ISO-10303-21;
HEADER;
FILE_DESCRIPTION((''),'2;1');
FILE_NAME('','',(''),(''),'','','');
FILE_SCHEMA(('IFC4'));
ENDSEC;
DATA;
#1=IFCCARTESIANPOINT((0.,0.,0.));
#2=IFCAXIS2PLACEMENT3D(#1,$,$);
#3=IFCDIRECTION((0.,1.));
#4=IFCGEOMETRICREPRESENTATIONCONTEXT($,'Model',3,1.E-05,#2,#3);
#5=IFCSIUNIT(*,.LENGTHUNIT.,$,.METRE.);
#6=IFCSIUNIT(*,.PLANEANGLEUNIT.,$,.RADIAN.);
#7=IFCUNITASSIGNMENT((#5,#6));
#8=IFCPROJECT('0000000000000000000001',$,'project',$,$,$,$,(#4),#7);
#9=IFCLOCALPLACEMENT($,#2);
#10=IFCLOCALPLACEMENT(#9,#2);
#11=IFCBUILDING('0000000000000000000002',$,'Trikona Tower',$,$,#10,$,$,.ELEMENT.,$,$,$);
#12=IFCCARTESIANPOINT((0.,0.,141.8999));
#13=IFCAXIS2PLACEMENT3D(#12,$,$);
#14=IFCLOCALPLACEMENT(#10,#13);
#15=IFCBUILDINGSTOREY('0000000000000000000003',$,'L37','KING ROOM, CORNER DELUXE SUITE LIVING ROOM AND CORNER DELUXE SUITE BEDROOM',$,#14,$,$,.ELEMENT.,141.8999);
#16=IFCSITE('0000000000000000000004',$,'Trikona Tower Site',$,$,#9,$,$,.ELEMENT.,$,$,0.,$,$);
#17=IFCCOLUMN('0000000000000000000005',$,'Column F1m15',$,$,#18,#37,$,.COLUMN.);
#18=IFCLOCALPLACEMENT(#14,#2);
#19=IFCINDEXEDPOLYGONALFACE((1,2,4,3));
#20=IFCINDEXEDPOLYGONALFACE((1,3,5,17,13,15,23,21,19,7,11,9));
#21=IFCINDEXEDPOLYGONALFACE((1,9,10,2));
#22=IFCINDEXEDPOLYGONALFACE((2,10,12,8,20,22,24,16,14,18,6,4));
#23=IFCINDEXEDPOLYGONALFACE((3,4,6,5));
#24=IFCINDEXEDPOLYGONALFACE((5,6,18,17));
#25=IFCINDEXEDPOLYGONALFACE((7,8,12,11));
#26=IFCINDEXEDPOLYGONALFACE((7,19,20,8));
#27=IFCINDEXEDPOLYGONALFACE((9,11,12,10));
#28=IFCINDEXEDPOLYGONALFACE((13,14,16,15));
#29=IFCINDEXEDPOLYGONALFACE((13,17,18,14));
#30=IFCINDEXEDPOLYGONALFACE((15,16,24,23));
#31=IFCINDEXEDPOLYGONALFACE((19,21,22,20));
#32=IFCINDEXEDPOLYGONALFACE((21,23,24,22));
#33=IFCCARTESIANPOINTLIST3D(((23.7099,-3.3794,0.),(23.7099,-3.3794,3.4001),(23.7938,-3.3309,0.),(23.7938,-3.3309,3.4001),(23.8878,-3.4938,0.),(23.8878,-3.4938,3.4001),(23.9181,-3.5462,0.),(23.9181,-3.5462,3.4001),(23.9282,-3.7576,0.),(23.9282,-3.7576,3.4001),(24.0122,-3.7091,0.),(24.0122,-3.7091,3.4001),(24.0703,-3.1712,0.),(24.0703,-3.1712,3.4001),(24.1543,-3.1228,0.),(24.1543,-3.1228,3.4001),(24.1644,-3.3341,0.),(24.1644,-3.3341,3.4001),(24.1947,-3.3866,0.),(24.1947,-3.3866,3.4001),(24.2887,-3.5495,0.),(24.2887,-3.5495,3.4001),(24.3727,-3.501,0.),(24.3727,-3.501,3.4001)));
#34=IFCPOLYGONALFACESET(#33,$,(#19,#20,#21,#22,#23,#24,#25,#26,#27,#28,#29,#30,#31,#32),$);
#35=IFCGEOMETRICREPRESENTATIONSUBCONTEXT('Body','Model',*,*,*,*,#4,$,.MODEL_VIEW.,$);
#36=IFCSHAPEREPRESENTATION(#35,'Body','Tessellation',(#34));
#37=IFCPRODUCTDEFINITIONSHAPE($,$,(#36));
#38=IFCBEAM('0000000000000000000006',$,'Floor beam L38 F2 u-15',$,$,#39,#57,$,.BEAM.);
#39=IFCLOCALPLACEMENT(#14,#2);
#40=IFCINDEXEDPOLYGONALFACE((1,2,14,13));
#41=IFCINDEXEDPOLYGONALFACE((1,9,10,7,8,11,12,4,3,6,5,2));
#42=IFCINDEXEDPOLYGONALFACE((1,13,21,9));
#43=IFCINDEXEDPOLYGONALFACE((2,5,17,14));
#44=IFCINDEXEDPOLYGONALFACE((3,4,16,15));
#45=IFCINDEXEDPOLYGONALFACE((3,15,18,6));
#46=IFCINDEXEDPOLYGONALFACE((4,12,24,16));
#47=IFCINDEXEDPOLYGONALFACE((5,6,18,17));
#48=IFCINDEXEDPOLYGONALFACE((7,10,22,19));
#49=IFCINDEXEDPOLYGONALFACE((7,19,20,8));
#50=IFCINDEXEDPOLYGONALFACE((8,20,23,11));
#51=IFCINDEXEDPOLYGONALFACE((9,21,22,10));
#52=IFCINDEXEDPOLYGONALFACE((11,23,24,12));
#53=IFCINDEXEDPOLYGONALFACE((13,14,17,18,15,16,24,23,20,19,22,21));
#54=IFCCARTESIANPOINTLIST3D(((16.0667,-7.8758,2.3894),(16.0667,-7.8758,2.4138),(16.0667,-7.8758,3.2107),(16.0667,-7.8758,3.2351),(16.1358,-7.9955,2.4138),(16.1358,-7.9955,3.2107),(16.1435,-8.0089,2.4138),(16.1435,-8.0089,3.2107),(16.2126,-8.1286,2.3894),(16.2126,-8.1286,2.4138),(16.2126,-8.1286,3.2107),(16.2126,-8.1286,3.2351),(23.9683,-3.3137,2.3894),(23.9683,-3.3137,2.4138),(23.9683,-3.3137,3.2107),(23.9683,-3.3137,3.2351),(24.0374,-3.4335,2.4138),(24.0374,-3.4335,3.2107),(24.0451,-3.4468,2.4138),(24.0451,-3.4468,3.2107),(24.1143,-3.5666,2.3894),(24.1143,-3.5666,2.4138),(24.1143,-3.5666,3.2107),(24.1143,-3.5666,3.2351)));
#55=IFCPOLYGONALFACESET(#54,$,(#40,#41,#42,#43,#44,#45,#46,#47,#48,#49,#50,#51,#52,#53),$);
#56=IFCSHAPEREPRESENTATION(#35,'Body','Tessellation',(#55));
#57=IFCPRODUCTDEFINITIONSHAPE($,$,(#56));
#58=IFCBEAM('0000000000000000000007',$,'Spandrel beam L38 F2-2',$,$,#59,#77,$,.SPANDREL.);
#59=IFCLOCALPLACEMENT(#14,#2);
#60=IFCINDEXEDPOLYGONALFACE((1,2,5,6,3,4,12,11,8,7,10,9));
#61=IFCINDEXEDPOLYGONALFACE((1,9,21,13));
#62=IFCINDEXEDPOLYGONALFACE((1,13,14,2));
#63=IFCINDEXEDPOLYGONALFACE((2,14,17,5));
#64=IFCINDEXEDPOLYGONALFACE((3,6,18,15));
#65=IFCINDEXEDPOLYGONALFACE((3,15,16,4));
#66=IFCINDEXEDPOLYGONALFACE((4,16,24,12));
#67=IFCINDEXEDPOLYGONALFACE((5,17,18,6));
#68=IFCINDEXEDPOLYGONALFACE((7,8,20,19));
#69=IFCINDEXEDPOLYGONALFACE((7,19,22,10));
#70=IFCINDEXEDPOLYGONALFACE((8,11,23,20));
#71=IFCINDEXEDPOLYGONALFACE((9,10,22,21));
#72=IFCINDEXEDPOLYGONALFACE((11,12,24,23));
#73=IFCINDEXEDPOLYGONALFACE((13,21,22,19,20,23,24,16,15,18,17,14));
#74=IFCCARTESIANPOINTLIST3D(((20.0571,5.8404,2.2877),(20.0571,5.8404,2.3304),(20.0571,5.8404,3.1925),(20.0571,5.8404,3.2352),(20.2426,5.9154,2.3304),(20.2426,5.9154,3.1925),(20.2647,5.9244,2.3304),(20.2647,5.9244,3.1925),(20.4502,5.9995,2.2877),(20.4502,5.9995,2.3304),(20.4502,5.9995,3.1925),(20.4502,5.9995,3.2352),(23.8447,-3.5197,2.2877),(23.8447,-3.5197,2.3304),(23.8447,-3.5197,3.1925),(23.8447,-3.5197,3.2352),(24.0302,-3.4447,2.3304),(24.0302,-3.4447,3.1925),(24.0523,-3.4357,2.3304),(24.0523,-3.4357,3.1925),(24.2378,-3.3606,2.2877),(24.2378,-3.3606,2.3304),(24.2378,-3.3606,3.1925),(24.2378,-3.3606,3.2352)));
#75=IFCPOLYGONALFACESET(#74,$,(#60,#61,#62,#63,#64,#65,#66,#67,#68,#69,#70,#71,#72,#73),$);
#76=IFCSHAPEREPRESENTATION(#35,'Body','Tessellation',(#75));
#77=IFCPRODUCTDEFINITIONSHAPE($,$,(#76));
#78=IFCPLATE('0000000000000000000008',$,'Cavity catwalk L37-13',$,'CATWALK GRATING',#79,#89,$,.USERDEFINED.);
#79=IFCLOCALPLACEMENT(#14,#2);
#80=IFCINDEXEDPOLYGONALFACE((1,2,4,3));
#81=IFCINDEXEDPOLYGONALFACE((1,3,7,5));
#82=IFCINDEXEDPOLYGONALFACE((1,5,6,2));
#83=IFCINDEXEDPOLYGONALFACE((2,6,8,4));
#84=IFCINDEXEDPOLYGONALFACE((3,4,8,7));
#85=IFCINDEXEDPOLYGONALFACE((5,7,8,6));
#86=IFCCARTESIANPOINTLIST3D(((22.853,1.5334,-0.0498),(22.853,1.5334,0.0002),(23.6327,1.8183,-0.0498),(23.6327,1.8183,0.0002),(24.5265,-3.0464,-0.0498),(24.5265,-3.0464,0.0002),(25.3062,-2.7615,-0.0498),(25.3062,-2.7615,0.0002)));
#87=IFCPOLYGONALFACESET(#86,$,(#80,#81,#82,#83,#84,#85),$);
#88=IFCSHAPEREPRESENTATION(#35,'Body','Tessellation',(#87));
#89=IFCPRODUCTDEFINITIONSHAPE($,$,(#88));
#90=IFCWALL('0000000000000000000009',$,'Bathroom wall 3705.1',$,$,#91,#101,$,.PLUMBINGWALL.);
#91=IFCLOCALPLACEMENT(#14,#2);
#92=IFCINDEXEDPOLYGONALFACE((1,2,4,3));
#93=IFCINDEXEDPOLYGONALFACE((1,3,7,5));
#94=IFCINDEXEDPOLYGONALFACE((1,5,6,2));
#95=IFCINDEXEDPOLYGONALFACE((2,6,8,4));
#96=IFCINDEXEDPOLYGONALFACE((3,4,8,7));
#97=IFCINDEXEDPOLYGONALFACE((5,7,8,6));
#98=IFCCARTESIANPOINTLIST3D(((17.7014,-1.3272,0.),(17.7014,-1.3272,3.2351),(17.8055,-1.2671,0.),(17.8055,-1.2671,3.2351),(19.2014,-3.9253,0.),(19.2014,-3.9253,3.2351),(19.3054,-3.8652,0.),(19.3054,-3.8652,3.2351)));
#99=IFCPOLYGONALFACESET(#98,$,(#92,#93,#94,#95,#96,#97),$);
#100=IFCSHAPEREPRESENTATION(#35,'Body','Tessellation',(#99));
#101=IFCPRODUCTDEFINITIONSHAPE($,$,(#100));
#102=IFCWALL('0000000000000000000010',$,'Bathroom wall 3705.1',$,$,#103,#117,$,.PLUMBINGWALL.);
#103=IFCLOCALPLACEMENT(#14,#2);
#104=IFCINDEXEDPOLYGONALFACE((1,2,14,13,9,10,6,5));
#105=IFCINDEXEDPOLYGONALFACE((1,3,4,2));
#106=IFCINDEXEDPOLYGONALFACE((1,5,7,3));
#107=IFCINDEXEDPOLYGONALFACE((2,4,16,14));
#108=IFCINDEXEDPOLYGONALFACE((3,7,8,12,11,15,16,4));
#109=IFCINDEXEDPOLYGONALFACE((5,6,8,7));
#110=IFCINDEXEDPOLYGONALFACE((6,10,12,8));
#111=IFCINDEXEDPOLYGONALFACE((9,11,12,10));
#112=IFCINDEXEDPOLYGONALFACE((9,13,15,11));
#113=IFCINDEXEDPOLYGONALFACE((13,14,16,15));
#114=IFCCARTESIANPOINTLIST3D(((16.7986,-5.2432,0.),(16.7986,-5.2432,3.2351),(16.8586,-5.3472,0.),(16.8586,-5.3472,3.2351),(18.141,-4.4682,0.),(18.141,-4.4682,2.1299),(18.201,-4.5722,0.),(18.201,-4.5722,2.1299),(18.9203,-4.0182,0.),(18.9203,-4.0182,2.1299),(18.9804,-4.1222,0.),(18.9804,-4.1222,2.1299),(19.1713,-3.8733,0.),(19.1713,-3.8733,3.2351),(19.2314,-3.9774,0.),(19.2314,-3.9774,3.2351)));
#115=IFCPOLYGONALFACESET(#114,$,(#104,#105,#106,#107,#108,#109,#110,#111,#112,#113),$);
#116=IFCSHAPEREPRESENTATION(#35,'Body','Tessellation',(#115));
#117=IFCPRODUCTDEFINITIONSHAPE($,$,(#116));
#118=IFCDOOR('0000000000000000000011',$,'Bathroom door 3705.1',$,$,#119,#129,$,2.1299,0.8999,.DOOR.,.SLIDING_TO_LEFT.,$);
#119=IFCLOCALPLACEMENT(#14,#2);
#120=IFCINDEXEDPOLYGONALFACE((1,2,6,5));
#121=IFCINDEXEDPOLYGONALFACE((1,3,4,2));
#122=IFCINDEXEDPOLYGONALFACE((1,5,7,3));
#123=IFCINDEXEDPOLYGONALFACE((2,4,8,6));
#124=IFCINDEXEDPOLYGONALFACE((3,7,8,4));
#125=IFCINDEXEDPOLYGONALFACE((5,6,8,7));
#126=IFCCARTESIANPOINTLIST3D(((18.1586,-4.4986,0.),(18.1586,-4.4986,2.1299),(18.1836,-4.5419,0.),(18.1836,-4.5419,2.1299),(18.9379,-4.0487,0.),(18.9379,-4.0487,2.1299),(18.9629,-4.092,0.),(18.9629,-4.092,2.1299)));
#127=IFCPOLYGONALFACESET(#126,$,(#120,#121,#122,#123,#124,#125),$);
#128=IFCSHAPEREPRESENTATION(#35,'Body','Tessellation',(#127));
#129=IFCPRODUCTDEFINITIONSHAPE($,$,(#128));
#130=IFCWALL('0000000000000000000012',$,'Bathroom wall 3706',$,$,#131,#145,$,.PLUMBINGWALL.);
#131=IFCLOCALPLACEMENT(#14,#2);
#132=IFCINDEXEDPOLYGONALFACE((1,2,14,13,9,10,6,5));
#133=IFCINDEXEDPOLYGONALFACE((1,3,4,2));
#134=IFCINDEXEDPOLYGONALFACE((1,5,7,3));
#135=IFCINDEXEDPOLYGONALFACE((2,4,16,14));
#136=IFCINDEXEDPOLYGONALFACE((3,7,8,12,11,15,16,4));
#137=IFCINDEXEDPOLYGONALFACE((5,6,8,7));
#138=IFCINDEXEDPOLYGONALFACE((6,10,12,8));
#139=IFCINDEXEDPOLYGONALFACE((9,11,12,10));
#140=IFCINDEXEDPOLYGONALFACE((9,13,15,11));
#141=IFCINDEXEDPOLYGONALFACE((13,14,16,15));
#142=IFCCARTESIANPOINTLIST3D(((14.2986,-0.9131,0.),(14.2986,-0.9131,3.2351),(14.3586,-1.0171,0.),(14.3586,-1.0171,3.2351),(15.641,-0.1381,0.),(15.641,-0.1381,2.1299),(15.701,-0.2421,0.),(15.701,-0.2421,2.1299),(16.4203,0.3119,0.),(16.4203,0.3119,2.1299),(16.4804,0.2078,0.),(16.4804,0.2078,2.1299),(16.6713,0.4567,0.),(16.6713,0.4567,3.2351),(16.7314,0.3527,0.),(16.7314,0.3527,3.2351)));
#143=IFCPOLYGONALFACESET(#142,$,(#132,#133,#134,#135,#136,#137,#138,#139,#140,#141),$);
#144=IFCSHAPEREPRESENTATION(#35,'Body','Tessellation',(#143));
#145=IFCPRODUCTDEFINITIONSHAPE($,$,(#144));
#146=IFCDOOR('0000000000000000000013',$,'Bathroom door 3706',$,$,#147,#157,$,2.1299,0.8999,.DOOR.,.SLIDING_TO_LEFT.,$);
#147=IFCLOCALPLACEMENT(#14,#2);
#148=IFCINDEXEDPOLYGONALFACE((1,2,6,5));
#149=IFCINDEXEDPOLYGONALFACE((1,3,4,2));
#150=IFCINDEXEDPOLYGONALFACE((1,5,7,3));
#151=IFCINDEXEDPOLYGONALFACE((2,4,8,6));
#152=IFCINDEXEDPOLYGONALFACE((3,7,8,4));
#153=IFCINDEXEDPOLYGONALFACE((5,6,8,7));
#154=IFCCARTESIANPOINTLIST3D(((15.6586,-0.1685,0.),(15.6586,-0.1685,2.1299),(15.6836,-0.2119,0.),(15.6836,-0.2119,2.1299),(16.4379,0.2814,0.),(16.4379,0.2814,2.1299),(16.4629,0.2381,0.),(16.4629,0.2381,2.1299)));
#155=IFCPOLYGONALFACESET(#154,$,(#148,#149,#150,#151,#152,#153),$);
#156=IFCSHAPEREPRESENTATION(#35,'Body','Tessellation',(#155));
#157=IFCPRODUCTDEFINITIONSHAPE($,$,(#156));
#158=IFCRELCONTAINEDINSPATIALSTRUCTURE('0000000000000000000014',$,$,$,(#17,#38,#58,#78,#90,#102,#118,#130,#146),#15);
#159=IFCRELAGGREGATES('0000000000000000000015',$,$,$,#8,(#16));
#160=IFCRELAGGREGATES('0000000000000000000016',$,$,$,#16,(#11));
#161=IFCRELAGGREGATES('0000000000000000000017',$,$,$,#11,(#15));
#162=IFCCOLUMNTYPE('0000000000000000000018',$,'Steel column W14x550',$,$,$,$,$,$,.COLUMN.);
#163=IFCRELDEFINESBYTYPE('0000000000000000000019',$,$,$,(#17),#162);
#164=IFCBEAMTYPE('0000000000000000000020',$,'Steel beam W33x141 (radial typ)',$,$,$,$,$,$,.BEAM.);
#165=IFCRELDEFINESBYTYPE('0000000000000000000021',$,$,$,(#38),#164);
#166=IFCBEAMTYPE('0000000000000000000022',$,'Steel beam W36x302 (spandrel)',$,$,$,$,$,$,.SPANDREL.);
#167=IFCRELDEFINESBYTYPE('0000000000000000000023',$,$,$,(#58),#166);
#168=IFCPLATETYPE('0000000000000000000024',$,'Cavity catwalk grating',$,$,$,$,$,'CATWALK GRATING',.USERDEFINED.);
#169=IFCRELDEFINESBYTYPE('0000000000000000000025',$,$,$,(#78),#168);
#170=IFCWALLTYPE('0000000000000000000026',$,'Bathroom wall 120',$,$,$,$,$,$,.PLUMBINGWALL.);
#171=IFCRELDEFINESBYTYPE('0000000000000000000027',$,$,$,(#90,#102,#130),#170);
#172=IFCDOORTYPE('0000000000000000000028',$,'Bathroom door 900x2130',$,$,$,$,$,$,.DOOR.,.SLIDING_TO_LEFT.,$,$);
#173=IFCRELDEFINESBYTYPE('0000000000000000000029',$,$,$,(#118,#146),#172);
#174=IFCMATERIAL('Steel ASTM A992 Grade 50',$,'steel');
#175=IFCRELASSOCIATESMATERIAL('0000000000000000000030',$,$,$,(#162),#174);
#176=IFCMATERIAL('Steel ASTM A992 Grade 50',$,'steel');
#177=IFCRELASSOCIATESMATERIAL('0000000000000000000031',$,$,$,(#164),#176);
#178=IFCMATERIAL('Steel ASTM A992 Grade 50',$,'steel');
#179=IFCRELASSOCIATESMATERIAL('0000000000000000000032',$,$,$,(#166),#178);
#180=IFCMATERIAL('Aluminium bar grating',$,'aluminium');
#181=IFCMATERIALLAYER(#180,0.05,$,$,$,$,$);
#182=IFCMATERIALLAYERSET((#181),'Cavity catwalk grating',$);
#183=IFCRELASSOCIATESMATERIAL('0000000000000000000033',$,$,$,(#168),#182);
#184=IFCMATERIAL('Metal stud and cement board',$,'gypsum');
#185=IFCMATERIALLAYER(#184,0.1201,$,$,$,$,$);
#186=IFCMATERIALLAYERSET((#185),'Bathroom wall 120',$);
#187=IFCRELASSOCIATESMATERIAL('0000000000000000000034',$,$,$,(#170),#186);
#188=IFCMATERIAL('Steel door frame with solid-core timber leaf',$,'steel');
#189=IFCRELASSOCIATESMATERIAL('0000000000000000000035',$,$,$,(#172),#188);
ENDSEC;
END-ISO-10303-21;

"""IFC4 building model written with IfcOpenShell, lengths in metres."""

from ifc_helpers import new_model, si_unit, direction, frame, frame_2d, origin, origin_2d, place, context, subcontext, project, spatial, rectangle, i_section, extrude, material, layer, layer_set, material_profile, profile_set, type_object, element, fill, save


model = new_model("IFC4")

# Units and contexts
model_context = context("Model", 3, precision=1e-05, world=origin(), true_north=direction((0.0, 1.0)))
body_context = subcontext(model_context, "Body", "Model", "MODEL_VIEW")
ifc_project = project(units=[si_unit("LENGTHUNIT", "METRE"), si_unit("PLANEANGLEUNIT", "RADIAN")], contexts=[model_context])

# Site, building, storey
site_placement = place(None, origin())
site = spatial("IfcSite", under=ifc_project, at=site_placement, Name="Trikona Tower Site", CompositionType="ELEMENT", RefElevation=0.0)
building_placement = place(site_placement, origin())
building = spatial("IfcBuilding", under=site, at=building_placement, Name="Trikona Tower", CompositionType="ELEMENT")
storey_placement = place(building_placement, frame((0.0, 0.0, 141.8999)))
storey = spatial("IfcBuildingStorey", under=building, at=storey_placement, Name="L37", Description="KING ROOM, CORNER DELUXE SUITE LIVING ROOM AND CORNER DELUXE SUITE BEDROOM", CompositionType="ELEMENT", Elevation=141.8999)

# Column
ifc_material_1 = material(Name="Steel ASTM A992 Grade 50", Category="steel")
ifc_material_profile_1 = material_profile(ifc_material_1, i_section(OverallWidth=0.4368, OverallDepth=0.5132, WebThickness=0.0605, FlangeThickness=0.0969, at=origin_2d()), Name="W14X550")
ifc_profile_set_1 = profile_set([ifc_material_profile_1], Name="Steel ASTM A992 Grade 50")
column_type = type_object("IfcColumnType", Name="Steel column W14x550", PredefinedType="COLUMN", material=ifc_profile_set_1)
column_placement = place(storey_placement, frame((24.0413, -3.4402, 0.0), z_axis=(0.0, 0.0, 1.0), x_axis=(-0.5, 0.866025, 0.0)))
element("IfcColumn", 1, at=column_placement, inside=storey, type_object=column_type, Name="Column F1m15", PredefinedType="COLUMN", context=body_context, shape_type="SweptSolid", body=[
    extrude(i_section(OverallWidth=0.4368, OverallDepth=0.5132, WebThickness=0.0605, FlangeThickness=0.0969, at=origin_2d()), origin(), (0.0, 0.0, 1.0), 3.4001),
])

# Beams
ifc_material_2 = material(Name="Steel ASTM A992 Grade 50", Category="steel")
ifc_material_profile_2 = material_profile(ifc_material_2, i_section(OverallWidth=0.292, OverallDepth=0.8457, WebThickness=0.0154, FlangeThickness=0.0244, at=origin_2d()), Name="W33X141")
ifc_profile_set_2 = profile_set([ifc_material_profile_2], Name="Steel ASTM A992 Grade 50")
beam_type_1 = type_object("IfcBeamType", Name="Steel beam W33x141 (radial typ)", PredefinedType="BEAM", material=ifc_profile_set_2)
beam_1_placement = place(storey_placement, frame((16.1396, -8.0022, 2.8123), z_axis=(0.866025, 0.500001, 0.0), x_axis=(-0.500001, 0.866025, 0.0)))
element("IfcBeam", 2, at=beam_1_placement, inside=storey, type_object=beam_type_1, Name="Floor beam L38 F2 u-15", PredefinedType="BEAM", context=body_context, shape_type="SweptSolid", body=[
    extrude(i_section(OverallWidth=0.292, OverallDepth=0.8457, WebThickness=0.0154, FlangeThickness=0.0244, at=origin_2d()), origin(), (0.0, 0.0, 1.0), 9.124),
])
ifc_material_3 = material(Name="Steel ASTM A992 Grade 50", Category="steel")
ifc_material_profile_3 = material_profile(ifc_material_3, i_section(OverallWidth=0.4241, OverallDepth=0.9475, WebThickness=0.0239, FlangeThickness=0.0427, at=origin_2d()), Name="W36X302")
ifc_profile_set_3 = profile_set([ifc_material_profile_3], Name="Steel ASTM A992 Grade 50")
beam_type_2 = type_object("IfcBeamType", Name="Steel beam W36x302 (spandrel)", PredefinedType="SPANDREL", material=ifc_profile_set_3)
beam_2_placement = place(storey_placement, frame((24.0413, -3.4402, 2.7615), z_axis=(-0.375106, 0.926982, 0.0), x_axis=(-0.926982, -0.375106, 0.0)))
element("IfcBeam", 3, at=beam_2_placement, inside=storey, type_object=beam_type_2, Name="Spandrel beam L38 F2-2", PredefinedType="SPANDREL", context=body_context, shape_type="SweptSolid", body=[
    extrude(i_section(OverallWidth=0.4241, OverallDepth=0.9475, WebThickness=0.0239, FlangeThickness=0.0427, at=origin_2d()), origin(), (0.0, 0.0, 1.0), 10.0974),
])

# Plate
ifc_material_4 = material(Name="Aluminium bar grating", Category="aluminium")
ifc_layer_1 = layer(ifc_material_4, 0.05)
ifc_layer_set_1 = layer_set([ifc_layer_1], Name="Cavity catwalk grating")
plate_type = type_object("IfcPlateType", Name="Cavity catwalk grating", ElementType="CATWALK GRATING", PredefinedType="USERDEFINED", material=ifc_layer_set_1)
plate_placement = place(storey_placement, frame((24.0796, -0.614, -0.0498), z_axis=(0.0, 0.0, 1.0), x_axis=(-0.34322, 0.939255, 0.0)))
element("IfcPlate", 4, at=plate_placement, inside=storey, type_object=plate_type, Name="Cavity catwalk L37-13", ObjectType="CATWALK GRATING", PredefinedType="USERDEFINED", context=body_context, shape_type="SweptSolid", body=[
    extrude(rectangle(XDim=4.876, YDim=0.8301, at=origin_2d()), origin(), (0.0, 0.0, 1.0), 0.05),
])

# Wall
ifc_material_5 = material(Name="Metal stud and cement board", Category="gypsum")
ifc_layer_2 = layer(ifc_material_5, 0.1201)
ifc_layer_set_2 = layer_set([ifc_layer_2], Name="Bathroom wall 120")
wall_type_1 = type_object("IfcWallType", Name="Bathroom wall 120", PredefinedType="PLUMBINGWALL", material=ifc_layer_set_2)
wall_1_placement = place(storey_placement, frame((19.2534, -3.8953, 0.0), z_axis=(0.0, 0.0, 1.0), x_axis=(-0.49999, 0.866031, 0.0)))
element("IfcWall", 5, at=wall_1_placement, inside=storey, type_object=wall_type_1, Name="Bathroom wall 3705.1", PredefinedType="PLUMBINGWALL", context=body_context, shape_type="SweptSolid", body=[
    extrude(rectangle(XDim=3.0, YDim=0.1201, at=frame_2d((1.5, 0.0))), origin(), (0.0, 0.0, 1.0), 3.2351),
])

# Walls, openings, doors
wall_2_placement = place(storey_placement, frame((16.8286, -5.2952, 0.0), z_axis=(0.0, 0.0, 1.0), x_axis=(0.866036, 0.499982, 0.0)))
wall_2 = element("IfcWall", 6, at=wall_2_placement, inside=storey, type_object=wall_type_1, Name="Bathroom wall 3705.1", PredefinedType="PLUMBINGWALL", context=body_context, shape_type="SweptSolid", body=[
    extrude(rectangle(XDim=2.7397, YDim=0.1201, at=frame_2d((1.3699, 0.0))), origin(), (0.0, 0.0, 1.0), 3.2351),
])
opening_1_placement = place(wall_2_placement, frame((1.55, 0.0, 0.0)))
opening_1 = element("IfcOpeningElement", 7, at=opening_1_placement, cuts=wall_2, PredefinedType="OPENING", context=body_context, shape_type="SweptSolid", body=[
    extrude(rectangle(XDim=0.8999, YDim=2.1299, at=frame_2d((0.45, 1.0649))), frame((0.0, 0.0701, 0.0), z_axis=(0.0, -1.0, 0.0), x_axis=(1.0, 0.0, 0.0)), (0.0, 0.0, 1.0), 0.1401),
])
ifc_material_6 = material(Name="Steel door frame with solid-core timber leaf", Category="steel")
door_type_1 = type_object("IfcDoorType", Name="Bathroom door 900x2130", OperationType="SLIDING_TO_LEFT", PredefinedType="DOOR", material=ifc_material_6)
door_1_placement = place(opening_1_placement, origin())
door_1 = element("IfcDoor", 8, at=door_1_placement, inside=storey, type_object=door_type_1, Name="Bathroom door 3705.1", OperationType="SLIDING_TO_LEFT", OverallHeight=2.1299, OverallWidth=0.8999, PredefinedType="DOOR", context=body_context, shape_type="SweptSolid", body=[
    extrude(rectangle(XDim=0.8999, YDim=2.1299, at=frame_2d((0.45, 1.0649))), frame((0.0, 0.0249, 0.0), z_axis=(0.0, -1.0, 0.0), x_axis=(1.0, 0.0, 0.0)), (0.0, 0.0, 1.0), 0.05),
])
fill(opening_1, door_1)
wall_3_placement = place(storey_placement, frame((14.3286, -0.9651, 0.0), z_axis=(0.0, 0.0, 1.0), x_axis=(0.866036, 0.499982, 0.0)))
wall_3 = element("IfcWall", 9, at=wall_3_placement, inside=storey, type_object=wall_type_1, Name="Bathroom wall 3706", PredefinedType="PLUMBINGWALL", context=body_context, shape_type="SweptSolid", body=[
    extrude(rectangle(XDim=2.7397, YDim=0.1201, at=frame_2d((1.3699, 0.0))), origin(), (0.0, 0.0, 1.0), 3.2351),
])
opening_2_placement = place(wall_3_placement, frame((1.55, 0.0, 0.0)))
opening_2 = element("IfcOpeningElement", 10, at=opening_2_placement, cuts=wall_3, PredefinedType="OPENING", context=body_context, shape_type="SweptSolid", body=[
    extrude(rectangle(XDim=0.8999, YDim=2.1299, at=frame_2d((0.45, 1.0649))), frame((0.0, 0.0701, 0.0), z_axis=(0.0, -1.0, 0.0), x_axis=(1.0, 0.0, 0.0)), (0.0, 0.0, 1.0), 0.1401),
])
door_2_placement = place(opening_2_placement, origin())
door_2 = element("IfcDoor", 11, at=door_2_placement, inside=storey, type_object=door_type_1, Name="Bathroom door 3706", OperationType="SLIDING_TO_LEFT", OverallHeight=2.1299, OverallWidth=0.8999, PredefinedType="DOOR", context=body_context, shape_type="SweptSolid", body=[
    extrude(rectangle(XDim=0.8999, YDim=2.1299, at=frame_2d((0.45, 1.0649))), frame((0.0, 0.0249, 0.0), z_axis=(0.0, -1.0, 0.0), x_axis=(1.0, 0.0, 0.0)), (0.0, 0.0, 1.0), 0.05),
])
fill(opening_2, door_2)

save(model, "model.ifc")
